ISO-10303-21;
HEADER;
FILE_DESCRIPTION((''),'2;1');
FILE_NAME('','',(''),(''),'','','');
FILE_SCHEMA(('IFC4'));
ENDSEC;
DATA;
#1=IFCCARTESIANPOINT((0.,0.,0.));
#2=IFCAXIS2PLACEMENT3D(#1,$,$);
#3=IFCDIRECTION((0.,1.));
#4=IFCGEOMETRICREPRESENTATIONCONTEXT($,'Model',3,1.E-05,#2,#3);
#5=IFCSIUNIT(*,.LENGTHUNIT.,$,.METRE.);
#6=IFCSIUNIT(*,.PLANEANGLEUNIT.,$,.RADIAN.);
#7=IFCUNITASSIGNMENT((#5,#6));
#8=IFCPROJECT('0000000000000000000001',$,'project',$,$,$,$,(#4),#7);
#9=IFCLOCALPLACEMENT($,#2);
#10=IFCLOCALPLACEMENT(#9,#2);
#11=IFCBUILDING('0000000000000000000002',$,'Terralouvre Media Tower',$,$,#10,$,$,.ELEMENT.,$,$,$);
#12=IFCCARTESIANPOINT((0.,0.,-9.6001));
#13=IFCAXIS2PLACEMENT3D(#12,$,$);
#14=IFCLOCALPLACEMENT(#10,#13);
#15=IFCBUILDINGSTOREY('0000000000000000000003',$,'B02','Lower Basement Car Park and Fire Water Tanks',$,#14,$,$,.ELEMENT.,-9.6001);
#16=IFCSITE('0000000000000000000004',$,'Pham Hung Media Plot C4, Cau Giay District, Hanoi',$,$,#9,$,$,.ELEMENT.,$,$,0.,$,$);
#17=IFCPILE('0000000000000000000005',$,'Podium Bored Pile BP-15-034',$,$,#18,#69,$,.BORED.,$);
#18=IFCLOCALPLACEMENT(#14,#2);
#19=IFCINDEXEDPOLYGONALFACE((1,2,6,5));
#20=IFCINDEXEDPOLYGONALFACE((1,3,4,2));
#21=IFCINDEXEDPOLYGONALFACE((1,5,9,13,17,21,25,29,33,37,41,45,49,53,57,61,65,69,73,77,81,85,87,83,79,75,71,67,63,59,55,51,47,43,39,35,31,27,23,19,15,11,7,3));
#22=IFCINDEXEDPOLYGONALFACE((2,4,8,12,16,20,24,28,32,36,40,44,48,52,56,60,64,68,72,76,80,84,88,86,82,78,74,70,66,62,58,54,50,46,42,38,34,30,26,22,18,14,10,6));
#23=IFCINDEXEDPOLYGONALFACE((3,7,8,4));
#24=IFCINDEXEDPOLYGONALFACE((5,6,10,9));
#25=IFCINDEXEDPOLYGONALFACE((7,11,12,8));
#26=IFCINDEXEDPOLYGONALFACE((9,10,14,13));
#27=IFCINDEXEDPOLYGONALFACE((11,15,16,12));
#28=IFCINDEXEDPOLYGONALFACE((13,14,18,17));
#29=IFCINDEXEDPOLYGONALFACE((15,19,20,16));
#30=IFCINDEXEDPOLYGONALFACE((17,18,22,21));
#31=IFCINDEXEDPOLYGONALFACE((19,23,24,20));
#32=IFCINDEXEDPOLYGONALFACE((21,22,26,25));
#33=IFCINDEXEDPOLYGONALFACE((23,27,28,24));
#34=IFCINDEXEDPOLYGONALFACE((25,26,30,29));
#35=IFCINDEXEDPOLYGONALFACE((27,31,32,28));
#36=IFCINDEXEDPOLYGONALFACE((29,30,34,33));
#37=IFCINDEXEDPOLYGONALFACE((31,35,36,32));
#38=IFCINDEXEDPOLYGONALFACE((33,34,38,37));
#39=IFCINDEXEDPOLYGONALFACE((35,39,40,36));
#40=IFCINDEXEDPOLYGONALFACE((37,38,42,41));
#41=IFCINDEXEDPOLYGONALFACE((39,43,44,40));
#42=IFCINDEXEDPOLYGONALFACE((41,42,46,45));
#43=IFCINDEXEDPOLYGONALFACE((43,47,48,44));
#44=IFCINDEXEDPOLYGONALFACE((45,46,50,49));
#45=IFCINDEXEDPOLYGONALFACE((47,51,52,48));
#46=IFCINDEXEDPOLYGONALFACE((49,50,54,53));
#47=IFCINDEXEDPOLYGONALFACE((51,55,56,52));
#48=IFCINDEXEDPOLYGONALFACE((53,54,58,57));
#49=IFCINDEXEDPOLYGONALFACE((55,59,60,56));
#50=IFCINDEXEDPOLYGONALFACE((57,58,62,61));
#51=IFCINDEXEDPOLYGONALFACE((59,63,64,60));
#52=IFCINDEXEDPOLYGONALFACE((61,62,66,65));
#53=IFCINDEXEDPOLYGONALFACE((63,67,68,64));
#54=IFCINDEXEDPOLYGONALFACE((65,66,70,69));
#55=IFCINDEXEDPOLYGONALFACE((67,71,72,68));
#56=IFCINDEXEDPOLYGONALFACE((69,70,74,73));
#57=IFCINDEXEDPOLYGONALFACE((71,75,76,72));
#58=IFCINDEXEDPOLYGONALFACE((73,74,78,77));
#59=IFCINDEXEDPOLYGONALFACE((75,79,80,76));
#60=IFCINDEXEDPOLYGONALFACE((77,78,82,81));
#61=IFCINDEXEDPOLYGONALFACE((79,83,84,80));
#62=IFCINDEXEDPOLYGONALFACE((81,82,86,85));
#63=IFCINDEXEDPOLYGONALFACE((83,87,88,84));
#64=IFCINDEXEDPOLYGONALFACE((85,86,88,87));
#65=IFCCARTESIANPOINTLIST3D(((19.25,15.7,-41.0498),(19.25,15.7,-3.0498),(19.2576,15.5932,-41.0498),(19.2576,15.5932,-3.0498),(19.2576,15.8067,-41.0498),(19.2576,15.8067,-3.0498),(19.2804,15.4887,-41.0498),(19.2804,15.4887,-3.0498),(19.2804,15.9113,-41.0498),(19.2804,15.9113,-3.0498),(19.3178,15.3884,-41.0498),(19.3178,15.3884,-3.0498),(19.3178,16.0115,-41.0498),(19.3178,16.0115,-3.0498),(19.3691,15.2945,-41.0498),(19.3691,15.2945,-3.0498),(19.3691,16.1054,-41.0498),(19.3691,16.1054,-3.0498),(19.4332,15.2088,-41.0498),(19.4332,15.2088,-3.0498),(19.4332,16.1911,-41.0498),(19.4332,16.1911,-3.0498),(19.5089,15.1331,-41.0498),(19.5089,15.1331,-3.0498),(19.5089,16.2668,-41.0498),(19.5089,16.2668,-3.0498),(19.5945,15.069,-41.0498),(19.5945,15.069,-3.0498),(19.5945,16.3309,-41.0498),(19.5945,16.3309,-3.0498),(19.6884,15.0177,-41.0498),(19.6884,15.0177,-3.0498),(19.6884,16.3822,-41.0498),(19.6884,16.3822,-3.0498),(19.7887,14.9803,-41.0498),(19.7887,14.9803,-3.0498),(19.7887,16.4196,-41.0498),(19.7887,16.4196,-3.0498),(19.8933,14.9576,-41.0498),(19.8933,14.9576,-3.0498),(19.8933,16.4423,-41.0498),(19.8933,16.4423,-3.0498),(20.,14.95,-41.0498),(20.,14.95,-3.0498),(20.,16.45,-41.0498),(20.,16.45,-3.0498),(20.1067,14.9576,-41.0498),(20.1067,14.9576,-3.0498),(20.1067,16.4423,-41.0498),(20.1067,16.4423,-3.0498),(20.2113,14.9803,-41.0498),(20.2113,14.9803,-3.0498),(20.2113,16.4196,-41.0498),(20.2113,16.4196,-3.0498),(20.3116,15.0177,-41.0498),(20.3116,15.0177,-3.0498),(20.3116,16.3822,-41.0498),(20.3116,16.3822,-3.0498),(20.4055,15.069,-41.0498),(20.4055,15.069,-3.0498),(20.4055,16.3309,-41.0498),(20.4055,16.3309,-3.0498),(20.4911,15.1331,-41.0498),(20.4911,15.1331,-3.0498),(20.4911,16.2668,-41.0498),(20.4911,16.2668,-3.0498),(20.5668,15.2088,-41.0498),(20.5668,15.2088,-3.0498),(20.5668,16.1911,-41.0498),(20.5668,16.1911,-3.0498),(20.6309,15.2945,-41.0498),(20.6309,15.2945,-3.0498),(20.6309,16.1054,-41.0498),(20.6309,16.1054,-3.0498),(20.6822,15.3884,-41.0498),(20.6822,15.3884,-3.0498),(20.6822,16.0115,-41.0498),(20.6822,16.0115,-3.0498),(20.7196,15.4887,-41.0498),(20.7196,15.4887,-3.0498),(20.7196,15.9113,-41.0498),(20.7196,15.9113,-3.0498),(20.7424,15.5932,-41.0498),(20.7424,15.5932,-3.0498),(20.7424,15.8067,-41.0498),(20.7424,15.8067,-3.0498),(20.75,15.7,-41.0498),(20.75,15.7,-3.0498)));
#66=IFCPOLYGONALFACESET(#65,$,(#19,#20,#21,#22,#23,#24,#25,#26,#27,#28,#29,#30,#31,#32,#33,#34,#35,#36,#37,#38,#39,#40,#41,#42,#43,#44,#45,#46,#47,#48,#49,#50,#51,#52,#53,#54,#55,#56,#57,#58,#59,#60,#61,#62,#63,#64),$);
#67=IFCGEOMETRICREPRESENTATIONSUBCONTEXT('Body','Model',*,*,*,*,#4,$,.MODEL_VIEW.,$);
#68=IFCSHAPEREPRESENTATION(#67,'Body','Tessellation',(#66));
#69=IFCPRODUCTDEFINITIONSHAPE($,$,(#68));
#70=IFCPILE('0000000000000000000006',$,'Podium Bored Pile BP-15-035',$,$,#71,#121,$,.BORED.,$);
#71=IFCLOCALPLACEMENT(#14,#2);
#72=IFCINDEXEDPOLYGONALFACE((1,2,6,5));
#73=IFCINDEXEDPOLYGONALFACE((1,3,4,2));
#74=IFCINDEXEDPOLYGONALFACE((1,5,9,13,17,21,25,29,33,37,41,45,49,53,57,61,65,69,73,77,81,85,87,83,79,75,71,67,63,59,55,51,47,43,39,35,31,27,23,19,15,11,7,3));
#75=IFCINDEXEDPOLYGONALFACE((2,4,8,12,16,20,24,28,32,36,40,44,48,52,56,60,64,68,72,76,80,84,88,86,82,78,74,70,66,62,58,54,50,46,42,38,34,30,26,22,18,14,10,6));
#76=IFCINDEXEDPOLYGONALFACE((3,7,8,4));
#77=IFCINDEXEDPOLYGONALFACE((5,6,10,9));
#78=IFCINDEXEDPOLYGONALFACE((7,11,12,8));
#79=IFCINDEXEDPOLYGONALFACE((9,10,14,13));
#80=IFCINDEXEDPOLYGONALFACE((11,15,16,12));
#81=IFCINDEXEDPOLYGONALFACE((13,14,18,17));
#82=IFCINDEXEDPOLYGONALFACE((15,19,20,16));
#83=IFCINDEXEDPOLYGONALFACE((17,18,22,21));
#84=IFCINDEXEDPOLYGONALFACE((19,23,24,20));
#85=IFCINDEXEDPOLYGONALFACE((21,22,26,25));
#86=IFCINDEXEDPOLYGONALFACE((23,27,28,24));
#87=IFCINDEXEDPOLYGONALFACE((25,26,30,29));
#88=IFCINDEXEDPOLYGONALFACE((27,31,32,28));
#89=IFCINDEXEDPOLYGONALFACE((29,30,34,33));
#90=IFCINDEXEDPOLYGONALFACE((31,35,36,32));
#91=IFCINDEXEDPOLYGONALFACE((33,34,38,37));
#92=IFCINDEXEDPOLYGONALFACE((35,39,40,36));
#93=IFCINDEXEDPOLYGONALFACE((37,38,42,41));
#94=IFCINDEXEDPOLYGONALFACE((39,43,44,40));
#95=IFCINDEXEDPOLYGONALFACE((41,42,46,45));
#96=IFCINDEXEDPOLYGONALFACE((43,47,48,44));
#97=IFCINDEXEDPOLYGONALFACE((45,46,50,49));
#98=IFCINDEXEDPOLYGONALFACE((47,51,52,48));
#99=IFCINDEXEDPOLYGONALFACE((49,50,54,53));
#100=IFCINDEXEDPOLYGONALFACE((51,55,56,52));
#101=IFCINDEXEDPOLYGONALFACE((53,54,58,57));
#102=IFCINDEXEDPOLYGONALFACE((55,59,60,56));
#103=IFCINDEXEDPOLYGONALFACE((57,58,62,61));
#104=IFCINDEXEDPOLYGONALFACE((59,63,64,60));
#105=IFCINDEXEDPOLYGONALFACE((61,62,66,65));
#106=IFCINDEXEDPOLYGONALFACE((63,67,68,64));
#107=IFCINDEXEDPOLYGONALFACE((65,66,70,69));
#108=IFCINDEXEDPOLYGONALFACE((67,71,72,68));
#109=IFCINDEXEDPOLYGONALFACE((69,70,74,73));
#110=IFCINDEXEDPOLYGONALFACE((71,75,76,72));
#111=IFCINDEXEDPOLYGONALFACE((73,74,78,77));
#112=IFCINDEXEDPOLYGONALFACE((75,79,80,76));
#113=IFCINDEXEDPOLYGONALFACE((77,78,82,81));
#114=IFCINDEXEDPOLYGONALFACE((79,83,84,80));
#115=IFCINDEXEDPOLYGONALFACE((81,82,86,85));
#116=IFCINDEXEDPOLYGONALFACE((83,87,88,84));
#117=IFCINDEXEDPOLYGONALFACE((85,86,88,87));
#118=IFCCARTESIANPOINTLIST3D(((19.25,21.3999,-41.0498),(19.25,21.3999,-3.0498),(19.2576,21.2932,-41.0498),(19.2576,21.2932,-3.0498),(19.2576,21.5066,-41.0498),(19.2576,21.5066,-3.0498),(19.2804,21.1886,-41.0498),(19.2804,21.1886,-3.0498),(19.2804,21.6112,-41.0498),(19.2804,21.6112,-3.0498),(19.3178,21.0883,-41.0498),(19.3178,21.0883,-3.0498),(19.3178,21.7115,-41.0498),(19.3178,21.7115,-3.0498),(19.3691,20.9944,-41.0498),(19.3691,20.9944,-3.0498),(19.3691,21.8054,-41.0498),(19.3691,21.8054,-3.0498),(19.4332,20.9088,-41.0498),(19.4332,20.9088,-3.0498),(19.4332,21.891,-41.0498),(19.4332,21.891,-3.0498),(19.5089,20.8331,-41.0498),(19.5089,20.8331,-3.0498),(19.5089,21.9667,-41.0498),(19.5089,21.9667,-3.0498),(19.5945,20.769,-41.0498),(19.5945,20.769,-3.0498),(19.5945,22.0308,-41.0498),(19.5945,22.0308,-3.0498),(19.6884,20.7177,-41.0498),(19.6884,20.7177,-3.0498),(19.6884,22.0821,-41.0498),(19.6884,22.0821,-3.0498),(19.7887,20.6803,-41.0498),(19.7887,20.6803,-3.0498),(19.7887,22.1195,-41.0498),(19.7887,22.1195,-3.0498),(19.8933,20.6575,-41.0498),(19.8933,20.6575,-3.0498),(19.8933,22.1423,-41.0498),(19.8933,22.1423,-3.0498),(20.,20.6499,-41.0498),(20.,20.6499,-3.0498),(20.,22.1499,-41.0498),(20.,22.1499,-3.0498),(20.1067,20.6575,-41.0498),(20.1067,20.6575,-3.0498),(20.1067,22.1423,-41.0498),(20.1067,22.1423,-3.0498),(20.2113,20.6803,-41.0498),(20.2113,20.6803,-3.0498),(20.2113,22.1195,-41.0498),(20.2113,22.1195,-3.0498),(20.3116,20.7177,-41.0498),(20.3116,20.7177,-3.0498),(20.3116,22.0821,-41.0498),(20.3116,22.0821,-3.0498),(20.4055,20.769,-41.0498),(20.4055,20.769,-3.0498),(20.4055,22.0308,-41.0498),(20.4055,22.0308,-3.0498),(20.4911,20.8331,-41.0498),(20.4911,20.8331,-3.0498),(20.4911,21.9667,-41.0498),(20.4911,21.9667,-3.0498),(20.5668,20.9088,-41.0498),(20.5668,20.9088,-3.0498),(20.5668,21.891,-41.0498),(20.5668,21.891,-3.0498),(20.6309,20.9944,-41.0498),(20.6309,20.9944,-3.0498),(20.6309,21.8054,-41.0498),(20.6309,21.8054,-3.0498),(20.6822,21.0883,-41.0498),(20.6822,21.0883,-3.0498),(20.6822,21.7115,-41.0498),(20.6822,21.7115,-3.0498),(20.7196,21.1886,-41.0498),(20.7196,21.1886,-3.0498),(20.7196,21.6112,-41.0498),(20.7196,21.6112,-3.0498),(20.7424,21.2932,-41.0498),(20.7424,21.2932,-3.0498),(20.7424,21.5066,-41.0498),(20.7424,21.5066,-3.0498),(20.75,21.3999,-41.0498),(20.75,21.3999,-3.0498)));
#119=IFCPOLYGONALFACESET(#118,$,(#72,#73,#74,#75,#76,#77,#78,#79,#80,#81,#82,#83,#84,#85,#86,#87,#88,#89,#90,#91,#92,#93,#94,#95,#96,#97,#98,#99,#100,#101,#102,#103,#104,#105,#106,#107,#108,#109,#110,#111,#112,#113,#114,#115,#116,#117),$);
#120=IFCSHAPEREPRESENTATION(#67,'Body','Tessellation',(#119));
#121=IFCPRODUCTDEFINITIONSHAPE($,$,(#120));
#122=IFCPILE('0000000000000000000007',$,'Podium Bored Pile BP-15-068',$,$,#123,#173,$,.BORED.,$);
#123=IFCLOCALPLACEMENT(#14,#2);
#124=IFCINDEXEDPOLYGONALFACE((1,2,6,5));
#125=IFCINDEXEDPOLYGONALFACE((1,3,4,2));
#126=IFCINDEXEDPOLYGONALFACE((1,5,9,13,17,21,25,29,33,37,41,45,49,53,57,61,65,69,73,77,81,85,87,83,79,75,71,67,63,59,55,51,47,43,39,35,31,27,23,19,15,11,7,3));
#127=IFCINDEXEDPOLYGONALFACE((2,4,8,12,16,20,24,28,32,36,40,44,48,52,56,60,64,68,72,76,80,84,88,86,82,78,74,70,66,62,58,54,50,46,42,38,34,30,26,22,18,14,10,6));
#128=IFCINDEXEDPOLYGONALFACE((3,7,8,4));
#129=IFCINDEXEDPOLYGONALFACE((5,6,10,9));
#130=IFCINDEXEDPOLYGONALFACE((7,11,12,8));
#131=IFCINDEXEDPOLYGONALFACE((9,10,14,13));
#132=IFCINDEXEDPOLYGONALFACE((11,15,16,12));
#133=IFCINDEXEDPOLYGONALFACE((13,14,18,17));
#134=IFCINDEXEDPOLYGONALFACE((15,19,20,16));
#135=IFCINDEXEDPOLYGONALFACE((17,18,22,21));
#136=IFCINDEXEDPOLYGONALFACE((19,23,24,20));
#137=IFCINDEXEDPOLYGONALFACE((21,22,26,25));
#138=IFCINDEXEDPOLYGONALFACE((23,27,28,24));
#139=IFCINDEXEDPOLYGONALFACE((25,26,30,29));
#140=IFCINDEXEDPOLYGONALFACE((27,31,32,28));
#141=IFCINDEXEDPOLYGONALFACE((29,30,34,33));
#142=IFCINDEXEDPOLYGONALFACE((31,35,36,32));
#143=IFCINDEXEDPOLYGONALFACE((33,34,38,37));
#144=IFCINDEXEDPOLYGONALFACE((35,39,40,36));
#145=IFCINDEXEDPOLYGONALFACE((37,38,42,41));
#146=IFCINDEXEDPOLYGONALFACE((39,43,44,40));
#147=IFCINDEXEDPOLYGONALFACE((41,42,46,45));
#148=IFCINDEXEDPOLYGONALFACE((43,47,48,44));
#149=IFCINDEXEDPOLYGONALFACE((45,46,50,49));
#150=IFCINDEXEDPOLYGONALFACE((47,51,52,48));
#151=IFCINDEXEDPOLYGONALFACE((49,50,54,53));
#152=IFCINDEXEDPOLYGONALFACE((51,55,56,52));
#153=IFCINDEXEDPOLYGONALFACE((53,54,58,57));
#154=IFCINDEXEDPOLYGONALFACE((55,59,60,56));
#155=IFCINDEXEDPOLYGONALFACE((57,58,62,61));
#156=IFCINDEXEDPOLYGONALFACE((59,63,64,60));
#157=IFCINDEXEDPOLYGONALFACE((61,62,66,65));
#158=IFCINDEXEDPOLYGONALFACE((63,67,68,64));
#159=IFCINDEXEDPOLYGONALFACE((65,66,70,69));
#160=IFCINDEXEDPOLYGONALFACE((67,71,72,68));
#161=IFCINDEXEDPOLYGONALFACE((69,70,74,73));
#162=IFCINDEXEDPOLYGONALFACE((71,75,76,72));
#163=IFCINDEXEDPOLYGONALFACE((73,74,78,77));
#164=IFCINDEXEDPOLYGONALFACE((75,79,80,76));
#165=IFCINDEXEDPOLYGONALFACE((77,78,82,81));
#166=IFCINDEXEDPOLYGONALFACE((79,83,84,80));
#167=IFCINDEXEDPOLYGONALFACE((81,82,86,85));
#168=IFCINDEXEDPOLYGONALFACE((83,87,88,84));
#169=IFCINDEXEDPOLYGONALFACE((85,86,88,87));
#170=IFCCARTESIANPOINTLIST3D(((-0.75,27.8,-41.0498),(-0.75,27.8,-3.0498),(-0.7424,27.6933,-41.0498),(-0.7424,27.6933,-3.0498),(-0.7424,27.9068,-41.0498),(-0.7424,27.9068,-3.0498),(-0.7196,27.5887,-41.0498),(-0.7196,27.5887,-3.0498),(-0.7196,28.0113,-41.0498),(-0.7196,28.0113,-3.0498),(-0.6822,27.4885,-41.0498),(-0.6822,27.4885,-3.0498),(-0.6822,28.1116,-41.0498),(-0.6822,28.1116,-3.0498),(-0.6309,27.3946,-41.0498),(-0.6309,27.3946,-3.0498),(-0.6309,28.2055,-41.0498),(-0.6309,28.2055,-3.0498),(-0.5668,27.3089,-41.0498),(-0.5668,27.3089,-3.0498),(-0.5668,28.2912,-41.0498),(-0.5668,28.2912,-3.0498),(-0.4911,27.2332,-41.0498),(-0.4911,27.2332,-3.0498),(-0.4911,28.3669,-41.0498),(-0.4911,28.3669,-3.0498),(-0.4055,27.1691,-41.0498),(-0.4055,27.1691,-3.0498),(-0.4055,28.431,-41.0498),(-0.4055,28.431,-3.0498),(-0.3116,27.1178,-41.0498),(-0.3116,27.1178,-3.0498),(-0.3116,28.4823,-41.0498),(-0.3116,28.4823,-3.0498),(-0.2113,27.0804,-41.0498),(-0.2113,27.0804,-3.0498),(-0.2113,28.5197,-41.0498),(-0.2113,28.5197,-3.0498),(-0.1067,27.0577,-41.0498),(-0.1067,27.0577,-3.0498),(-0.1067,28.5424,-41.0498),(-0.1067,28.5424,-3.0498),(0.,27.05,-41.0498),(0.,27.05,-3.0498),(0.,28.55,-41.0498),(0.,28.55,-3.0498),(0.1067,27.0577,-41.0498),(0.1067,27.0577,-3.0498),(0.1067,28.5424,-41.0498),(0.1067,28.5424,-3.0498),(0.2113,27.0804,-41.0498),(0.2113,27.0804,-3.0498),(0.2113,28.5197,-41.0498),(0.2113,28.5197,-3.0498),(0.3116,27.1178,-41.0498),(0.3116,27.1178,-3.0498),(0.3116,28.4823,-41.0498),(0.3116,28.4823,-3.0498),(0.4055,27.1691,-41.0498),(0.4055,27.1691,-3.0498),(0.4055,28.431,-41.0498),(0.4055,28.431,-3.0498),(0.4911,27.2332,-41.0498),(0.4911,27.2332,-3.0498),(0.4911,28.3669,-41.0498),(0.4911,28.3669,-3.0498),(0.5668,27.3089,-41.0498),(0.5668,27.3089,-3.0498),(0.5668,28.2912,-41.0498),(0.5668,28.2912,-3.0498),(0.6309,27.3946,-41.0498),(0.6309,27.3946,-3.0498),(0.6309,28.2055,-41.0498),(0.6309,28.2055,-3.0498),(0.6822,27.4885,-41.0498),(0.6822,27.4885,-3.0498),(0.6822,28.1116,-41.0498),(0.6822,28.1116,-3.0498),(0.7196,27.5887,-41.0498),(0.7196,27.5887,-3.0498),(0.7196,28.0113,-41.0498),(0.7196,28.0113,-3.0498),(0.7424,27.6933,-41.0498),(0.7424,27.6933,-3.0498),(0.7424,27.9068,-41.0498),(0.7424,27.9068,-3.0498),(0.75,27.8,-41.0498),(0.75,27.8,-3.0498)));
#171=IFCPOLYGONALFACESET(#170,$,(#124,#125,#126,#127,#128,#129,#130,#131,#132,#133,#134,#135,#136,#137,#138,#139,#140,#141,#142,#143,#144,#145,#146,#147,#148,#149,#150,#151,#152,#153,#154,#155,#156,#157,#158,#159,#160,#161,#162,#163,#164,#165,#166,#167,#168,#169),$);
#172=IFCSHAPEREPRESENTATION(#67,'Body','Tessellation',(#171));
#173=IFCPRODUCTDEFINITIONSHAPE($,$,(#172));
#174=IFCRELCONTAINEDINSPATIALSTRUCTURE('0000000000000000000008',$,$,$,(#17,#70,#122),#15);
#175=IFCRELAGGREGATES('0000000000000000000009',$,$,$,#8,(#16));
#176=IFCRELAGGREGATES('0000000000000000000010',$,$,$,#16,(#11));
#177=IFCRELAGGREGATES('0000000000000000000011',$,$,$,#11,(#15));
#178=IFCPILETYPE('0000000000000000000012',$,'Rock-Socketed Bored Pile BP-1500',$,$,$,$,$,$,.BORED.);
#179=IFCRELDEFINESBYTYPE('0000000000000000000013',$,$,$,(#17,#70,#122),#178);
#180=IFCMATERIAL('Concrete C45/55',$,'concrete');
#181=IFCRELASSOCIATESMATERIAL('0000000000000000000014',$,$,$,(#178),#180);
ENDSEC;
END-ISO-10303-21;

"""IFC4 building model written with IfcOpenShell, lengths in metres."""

from ifc_helpers import new_model, si_unit, direction, frame, origin, origin_2d, place, context, subcontext, project, spatial, circle, extrude, material, material_profile, profile_set, type_object, element, save


model = new_model("IFC4")

# Units and contexts
model_context = context("Model", 3, precision=1e-05, world=origin(), true_north=direction((0.0, 1.0)))
body_context = subcontext(model_context, "Body", "Model", "MODEL_VIEW")
ifc_project = project(units=[si_unit("LENGTHUNIT", "METRE"), si_unit("PLANEANGLEUNIT", "RADIAN")], contexts=[model_context])

# Site, building, storey
site_placement = place(None, origin())
site = spatial("IfcSite", under=ifc_project, at=site_placement, Name="Pham Hung Media Plot C4, Cau Giay District, Hanoi", CompositionType="ELEMENT", RefElevation=0.0)
building_placement = place(site_placement, origin())
building = spatial("IfcBuilding", under=site, at=building_placement, Name="Terralouvre Media Tower", CompositionType="ELEMENT")
storey_placement = place(building_placement, frame((0.0, 0.0, -9.6001)))
storey = spatial("IfcBuildingStorey", under=building, at=storey_placement, Name="B02", Description="Lower Basement Car Park and Fire Water Tanks", CompositionType="ELEMENT", Elevation=-9.6001)

# Piles
ifc_material_1 = material(Name="Concrete C45/55", Category="concrete")
ifc_material_profile_1 = material_profile(ifc_material_1, circle(Radius=0.75, at=origin_2d()), Name="BORED PILE 1500")
ifc_profile_set_1 = profile_set([ifc_material_profile_1], Name="Concrete C45/55")
pile_type_1 = type_object("IfcPileType", Name="Rock-Socketed Bored Pile BP-1500", PredefinedType="BORED", material=ifc_profile_set_1)
for number, where, z_axis, x_axis, name in (
    (1, (20.0, 15.7, -3.0498), (0.0, 0.0, -1.0), (1.0, 0.0, 0.0), "Podium Bored Pile BP-15-034"),
    (2, (20.0, 21.3999, -3.0498), (0.0, 0.0, -1.0), (1.0, 0.0, 0.0), "Podium Bored Pile BP-15-035"),
    (3, (0.0, 27.8, -3.0498), (0.0, 0.0, -1.0), (1.0, 0.0, 0.0), "Podium Bored Pile BP-15-068"),
):
    element("IfcPile", number, at=place(storey_placement, frame(where, z_axis=z_axis, x_axis=x_axis)), inside=storey, type_object=pile_type_1, Name=name, PredefinedType="BORED", context=body_context, shape_type="SweptSolid", body=[
        extrude(circle(Radius=0.75, at=origin_2d()), origin(), (0.0, 0.0, 1.0), 38.0),
    ])

save(model, "model.ifc")
